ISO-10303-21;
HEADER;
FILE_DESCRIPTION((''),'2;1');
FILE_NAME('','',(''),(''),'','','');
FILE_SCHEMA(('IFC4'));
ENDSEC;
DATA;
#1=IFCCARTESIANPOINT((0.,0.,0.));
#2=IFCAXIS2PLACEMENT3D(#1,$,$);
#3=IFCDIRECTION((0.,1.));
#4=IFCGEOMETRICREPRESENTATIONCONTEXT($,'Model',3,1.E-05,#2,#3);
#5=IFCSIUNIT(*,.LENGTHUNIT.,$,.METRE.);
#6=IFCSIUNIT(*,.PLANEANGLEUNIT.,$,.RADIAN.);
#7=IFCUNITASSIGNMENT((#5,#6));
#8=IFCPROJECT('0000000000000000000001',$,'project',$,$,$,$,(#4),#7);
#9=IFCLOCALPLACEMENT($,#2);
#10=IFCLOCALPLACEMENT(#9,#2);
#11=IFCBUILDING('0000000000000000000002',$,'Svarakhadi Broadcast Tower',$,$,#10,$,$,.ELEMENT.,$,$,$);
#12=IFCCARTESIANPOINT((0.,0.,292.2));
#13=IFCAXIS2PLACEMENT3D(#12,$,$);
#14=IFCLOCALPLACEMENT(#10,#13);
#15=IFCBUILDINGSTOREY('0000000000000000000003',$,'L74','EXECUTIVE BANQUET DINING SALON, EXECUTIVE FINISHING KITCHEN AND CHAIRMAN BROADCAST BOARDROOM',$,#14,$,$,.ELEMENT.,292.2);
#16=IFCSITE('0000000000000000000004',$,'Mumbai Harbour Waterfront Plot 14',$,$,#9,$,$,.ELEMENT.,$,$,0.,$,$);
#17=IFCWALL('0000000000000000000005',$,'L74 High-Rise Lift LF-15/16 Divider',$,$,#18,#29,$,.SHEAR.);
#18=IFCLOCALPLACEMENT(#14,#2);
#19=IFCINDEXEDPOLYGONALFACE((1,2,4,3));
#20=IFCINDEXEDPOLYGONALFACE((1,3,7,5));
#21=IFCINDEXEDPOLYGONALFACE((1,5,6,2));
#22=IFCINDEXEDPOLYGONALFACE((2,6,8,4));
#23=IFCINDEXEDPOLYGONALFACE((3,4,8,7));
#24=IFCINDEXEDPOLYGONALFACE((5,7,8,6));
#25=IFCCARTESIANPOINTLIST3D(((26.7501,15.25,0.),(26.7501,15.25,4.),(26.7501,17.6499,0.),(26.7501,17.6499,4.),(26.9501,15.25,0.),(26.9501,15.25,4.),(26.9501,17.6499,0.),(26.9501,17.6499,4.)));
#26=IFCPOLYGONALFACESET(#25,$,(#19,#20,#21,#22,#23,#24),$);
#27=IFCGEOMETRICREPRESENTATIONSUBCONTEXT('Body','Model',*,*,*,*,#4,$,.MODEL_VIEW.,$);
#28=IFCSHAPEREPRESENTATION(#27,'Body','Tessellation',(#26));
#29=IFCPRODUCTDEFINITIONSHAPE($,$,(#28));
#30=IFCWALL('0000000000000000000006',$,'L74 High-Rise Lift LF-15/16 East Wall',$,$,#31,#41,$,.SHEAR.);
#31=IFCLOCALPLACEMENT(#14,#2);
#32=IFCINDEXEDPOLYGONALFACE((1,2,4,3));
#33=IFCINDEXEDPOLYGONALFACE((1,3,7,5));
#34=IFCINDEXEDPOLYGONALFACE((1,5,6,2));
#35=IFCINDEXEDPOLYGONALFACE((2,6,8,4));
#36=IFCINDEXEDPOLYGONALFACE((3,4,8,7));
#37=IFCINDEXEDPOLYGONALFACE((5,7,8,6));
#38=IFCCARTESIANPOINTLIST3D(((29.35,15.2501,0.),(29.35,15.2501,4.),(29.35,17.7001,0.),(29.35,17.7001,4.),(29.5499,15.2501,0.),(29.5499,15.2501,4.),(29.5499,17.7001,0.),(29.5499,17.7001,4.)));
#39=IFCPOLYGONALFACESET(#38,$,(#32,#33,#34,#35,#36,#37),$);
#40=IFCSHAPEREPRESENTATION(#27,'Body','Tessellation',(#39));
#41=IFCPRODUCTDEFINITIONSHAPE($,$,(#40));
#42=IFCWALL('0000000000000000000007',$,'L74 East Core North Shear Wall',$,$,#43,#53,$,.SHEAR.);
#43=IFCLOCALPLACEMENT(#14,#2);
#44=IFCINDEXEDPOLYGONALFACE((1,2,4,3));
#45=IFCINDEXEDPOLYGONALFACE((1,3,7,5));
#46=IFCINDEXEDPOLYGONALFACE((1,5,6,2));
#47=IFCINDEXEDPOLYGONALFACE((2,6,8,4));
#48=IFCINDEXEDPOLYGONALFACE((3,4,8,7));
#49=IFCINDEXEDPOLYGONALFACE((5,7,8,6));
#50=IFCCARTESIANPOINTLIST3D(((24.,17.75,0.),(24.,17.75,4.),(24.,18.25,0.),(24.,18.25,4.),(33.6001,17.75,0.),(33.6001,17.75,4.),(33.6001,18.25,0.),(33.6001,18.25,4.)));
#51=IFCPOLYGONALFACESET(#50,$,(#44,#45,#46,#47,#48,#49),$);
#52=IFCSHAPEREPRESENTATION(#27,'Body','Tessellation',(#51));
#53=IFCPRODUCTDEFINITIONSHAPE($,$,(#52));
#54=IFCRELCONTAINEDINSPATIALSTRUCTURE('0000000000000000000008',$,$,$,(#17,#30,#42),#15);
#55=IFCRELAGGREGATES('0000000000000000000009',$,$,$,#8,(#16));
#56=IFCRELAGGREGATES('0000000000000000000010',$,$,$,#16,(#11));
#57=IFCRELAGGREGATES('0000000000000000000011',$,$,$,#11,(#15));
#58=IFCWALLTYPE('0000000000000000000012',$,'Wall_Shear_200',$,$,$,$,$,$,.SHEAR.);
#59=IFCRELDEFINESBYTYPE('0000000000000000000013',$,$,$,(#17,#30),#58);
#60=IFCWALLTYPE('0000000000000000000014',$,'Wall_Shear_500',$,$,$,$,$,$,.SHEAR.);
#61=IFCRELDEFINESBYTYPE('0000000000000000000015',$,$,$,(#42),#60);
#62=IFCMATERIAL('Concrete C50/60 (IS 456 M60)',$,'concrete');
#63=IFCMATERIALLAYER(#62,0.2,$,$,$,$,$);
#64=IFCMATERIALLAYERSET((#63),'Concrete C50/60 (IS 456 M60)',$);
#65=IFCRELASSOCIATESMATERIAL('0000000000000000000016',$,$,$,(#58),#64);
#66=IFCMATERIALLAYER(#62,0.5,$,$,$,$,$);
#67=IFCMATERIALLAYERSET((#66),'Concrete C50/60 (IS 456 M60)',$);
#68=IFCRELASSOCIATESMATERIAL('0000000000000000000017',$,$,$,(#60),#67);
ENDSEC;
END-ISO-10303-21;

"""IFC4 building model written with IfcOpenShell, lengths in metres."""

from ifc_helpers import new_model, si_unit, direction, frame, frame_2d, origin, place, context, subcontext, project, spatial, rectangle, extrude, material, layer, layer_set, type_object, element, save


model = new_model("IFC4")

# Units and contexts
model_context = context("Model", 3, precision=1e-05, world=origin(), true_north=direction((0.0, 1.0)))
body_context = subcontext(model_context, "Body", "Model", "MODEL_VIEW")
ifc_project = project(units=[si_unit("LENGTHUNIT", "METRE"), si_unit("PLANEANGLEUNIT", "RADIAN")], contexts=[model_context])

# Site, building, storey
site_placement = place(None, origin())
site = spatial("IfcSite", under=ifc_project, at=site_placement, Name="Mumbai Harbour Waterfront Plot 14", CompositionType="ELEMENT", RefElevation=0.0)
building_placement = place(site_placement, origin())
building = spatial("IfcBuilding", under=site, at=building_placement, Name="Svarakhadi Broadcast Tower", CompositionType="ELEMENT")
storey_placement = place(building_placement, frame((0.0, 0.0, 292.2)))
storey = spatial("IfcBuildingStorey", under=building, at=storey_placement, Name="L74", Description="EXECUTIVE BANQUET DINING SALON, EXECUTIVE FINISHING KITCHEN AND CHAIRMAN BROADCAST BOARDROOM", CompositionType="ELEMENT", Elevation=292.2)

# Shared definitions
ifc_material_1 = material(Name="Concrete C50/60 (IS 456 M60)", Category="concrete")

# Shared definitions
ifc_layer_1 = layer(ifc_material_1, 0.2)
ifc_layer_set_1 = layer_set([ifc_layer_1], Name="Concrete C50/60 (IS 456 M60)")
wall_type_1 = type_object("IfcWallType", Name="Wall_Shear_200", PredefinedType="SHEAR", material=ifc_layer_set_1)

# Walls
wall_1_placement = place(storey_placement, frame((26.8501, 15.25, 0.0), z_axis=(0.0, 0.0, 1.0), x_axis=(0.0, 1.0, 0.0)))
element("IfcWall", 1, at=wall_1_placement, inside=storey, type_object=wall_type_1, Name="L74 High-Rise Lift LF-15/16 Divider", PredefinedType="SHEAR", context=body_context, shape_type="SweptSolid", body=[
    extrude(rectangle(XDim=2.3999, YDim=0.2, at=frame_2d((1.2, 0.0))), origin(), (0.0, 0.0, 1.0), 4.0),
])
wall_2_placement = place(storey_placement, frame((29.45, 15.25, 0.0), z_axis=(0.0, 0.0, 1.0), x_axis=(0.0, 1.0, 0.0)))
element("IfcWall", 2, at=wall_2_placement, inside=storey, type_object=wall_type_1, Name="L74 High-Rise Lift LF-15/16 East Wall", PredefinedType="SHEAR", context=body_context, shape_type="SweptSolid", body=[
    extrude(rectangle(XDim=2.45, YDim=0.2, at=frame_2d((1.2251, 0.0))), origin(), (0.0, 0.0, 1.0), 4.0),
])
ifc_layer_2 = layer(ifc_material_1, 0.5)
ifc_layer_set_2 = layer_set([ifc_layer_2], Name="Concrete C50/60 (IS 456 M60)")
wall_type_2 = type_object("IfcWallType", Name="Wall_Shear_500", PredefinedType="SHEAR", material=ifc_layer_set_2)
wall_3_placement = place(storey_placement, frame((24.0, 18.0, 0.0), z_axis=(0.0, 0.0, 1.0), x_axis=(1.0, 0.0, 0.0)))
element("IfcWall", 3, at=wall_3_placement, inside=storey, type_object=wall_type_2, Name="L74 East Core North Shear Wall", PredefinedType="SHEAR", context=body_context, shape_type="SweptSolid", body=[
    extrude(rectangle(XDim=9.6001, YDim=0.5, at=frame_2d((4.8, 0.0))), origin(), (0.0, 0.0, 1.0), 4.0),
])

save(model, "model.ifc")
